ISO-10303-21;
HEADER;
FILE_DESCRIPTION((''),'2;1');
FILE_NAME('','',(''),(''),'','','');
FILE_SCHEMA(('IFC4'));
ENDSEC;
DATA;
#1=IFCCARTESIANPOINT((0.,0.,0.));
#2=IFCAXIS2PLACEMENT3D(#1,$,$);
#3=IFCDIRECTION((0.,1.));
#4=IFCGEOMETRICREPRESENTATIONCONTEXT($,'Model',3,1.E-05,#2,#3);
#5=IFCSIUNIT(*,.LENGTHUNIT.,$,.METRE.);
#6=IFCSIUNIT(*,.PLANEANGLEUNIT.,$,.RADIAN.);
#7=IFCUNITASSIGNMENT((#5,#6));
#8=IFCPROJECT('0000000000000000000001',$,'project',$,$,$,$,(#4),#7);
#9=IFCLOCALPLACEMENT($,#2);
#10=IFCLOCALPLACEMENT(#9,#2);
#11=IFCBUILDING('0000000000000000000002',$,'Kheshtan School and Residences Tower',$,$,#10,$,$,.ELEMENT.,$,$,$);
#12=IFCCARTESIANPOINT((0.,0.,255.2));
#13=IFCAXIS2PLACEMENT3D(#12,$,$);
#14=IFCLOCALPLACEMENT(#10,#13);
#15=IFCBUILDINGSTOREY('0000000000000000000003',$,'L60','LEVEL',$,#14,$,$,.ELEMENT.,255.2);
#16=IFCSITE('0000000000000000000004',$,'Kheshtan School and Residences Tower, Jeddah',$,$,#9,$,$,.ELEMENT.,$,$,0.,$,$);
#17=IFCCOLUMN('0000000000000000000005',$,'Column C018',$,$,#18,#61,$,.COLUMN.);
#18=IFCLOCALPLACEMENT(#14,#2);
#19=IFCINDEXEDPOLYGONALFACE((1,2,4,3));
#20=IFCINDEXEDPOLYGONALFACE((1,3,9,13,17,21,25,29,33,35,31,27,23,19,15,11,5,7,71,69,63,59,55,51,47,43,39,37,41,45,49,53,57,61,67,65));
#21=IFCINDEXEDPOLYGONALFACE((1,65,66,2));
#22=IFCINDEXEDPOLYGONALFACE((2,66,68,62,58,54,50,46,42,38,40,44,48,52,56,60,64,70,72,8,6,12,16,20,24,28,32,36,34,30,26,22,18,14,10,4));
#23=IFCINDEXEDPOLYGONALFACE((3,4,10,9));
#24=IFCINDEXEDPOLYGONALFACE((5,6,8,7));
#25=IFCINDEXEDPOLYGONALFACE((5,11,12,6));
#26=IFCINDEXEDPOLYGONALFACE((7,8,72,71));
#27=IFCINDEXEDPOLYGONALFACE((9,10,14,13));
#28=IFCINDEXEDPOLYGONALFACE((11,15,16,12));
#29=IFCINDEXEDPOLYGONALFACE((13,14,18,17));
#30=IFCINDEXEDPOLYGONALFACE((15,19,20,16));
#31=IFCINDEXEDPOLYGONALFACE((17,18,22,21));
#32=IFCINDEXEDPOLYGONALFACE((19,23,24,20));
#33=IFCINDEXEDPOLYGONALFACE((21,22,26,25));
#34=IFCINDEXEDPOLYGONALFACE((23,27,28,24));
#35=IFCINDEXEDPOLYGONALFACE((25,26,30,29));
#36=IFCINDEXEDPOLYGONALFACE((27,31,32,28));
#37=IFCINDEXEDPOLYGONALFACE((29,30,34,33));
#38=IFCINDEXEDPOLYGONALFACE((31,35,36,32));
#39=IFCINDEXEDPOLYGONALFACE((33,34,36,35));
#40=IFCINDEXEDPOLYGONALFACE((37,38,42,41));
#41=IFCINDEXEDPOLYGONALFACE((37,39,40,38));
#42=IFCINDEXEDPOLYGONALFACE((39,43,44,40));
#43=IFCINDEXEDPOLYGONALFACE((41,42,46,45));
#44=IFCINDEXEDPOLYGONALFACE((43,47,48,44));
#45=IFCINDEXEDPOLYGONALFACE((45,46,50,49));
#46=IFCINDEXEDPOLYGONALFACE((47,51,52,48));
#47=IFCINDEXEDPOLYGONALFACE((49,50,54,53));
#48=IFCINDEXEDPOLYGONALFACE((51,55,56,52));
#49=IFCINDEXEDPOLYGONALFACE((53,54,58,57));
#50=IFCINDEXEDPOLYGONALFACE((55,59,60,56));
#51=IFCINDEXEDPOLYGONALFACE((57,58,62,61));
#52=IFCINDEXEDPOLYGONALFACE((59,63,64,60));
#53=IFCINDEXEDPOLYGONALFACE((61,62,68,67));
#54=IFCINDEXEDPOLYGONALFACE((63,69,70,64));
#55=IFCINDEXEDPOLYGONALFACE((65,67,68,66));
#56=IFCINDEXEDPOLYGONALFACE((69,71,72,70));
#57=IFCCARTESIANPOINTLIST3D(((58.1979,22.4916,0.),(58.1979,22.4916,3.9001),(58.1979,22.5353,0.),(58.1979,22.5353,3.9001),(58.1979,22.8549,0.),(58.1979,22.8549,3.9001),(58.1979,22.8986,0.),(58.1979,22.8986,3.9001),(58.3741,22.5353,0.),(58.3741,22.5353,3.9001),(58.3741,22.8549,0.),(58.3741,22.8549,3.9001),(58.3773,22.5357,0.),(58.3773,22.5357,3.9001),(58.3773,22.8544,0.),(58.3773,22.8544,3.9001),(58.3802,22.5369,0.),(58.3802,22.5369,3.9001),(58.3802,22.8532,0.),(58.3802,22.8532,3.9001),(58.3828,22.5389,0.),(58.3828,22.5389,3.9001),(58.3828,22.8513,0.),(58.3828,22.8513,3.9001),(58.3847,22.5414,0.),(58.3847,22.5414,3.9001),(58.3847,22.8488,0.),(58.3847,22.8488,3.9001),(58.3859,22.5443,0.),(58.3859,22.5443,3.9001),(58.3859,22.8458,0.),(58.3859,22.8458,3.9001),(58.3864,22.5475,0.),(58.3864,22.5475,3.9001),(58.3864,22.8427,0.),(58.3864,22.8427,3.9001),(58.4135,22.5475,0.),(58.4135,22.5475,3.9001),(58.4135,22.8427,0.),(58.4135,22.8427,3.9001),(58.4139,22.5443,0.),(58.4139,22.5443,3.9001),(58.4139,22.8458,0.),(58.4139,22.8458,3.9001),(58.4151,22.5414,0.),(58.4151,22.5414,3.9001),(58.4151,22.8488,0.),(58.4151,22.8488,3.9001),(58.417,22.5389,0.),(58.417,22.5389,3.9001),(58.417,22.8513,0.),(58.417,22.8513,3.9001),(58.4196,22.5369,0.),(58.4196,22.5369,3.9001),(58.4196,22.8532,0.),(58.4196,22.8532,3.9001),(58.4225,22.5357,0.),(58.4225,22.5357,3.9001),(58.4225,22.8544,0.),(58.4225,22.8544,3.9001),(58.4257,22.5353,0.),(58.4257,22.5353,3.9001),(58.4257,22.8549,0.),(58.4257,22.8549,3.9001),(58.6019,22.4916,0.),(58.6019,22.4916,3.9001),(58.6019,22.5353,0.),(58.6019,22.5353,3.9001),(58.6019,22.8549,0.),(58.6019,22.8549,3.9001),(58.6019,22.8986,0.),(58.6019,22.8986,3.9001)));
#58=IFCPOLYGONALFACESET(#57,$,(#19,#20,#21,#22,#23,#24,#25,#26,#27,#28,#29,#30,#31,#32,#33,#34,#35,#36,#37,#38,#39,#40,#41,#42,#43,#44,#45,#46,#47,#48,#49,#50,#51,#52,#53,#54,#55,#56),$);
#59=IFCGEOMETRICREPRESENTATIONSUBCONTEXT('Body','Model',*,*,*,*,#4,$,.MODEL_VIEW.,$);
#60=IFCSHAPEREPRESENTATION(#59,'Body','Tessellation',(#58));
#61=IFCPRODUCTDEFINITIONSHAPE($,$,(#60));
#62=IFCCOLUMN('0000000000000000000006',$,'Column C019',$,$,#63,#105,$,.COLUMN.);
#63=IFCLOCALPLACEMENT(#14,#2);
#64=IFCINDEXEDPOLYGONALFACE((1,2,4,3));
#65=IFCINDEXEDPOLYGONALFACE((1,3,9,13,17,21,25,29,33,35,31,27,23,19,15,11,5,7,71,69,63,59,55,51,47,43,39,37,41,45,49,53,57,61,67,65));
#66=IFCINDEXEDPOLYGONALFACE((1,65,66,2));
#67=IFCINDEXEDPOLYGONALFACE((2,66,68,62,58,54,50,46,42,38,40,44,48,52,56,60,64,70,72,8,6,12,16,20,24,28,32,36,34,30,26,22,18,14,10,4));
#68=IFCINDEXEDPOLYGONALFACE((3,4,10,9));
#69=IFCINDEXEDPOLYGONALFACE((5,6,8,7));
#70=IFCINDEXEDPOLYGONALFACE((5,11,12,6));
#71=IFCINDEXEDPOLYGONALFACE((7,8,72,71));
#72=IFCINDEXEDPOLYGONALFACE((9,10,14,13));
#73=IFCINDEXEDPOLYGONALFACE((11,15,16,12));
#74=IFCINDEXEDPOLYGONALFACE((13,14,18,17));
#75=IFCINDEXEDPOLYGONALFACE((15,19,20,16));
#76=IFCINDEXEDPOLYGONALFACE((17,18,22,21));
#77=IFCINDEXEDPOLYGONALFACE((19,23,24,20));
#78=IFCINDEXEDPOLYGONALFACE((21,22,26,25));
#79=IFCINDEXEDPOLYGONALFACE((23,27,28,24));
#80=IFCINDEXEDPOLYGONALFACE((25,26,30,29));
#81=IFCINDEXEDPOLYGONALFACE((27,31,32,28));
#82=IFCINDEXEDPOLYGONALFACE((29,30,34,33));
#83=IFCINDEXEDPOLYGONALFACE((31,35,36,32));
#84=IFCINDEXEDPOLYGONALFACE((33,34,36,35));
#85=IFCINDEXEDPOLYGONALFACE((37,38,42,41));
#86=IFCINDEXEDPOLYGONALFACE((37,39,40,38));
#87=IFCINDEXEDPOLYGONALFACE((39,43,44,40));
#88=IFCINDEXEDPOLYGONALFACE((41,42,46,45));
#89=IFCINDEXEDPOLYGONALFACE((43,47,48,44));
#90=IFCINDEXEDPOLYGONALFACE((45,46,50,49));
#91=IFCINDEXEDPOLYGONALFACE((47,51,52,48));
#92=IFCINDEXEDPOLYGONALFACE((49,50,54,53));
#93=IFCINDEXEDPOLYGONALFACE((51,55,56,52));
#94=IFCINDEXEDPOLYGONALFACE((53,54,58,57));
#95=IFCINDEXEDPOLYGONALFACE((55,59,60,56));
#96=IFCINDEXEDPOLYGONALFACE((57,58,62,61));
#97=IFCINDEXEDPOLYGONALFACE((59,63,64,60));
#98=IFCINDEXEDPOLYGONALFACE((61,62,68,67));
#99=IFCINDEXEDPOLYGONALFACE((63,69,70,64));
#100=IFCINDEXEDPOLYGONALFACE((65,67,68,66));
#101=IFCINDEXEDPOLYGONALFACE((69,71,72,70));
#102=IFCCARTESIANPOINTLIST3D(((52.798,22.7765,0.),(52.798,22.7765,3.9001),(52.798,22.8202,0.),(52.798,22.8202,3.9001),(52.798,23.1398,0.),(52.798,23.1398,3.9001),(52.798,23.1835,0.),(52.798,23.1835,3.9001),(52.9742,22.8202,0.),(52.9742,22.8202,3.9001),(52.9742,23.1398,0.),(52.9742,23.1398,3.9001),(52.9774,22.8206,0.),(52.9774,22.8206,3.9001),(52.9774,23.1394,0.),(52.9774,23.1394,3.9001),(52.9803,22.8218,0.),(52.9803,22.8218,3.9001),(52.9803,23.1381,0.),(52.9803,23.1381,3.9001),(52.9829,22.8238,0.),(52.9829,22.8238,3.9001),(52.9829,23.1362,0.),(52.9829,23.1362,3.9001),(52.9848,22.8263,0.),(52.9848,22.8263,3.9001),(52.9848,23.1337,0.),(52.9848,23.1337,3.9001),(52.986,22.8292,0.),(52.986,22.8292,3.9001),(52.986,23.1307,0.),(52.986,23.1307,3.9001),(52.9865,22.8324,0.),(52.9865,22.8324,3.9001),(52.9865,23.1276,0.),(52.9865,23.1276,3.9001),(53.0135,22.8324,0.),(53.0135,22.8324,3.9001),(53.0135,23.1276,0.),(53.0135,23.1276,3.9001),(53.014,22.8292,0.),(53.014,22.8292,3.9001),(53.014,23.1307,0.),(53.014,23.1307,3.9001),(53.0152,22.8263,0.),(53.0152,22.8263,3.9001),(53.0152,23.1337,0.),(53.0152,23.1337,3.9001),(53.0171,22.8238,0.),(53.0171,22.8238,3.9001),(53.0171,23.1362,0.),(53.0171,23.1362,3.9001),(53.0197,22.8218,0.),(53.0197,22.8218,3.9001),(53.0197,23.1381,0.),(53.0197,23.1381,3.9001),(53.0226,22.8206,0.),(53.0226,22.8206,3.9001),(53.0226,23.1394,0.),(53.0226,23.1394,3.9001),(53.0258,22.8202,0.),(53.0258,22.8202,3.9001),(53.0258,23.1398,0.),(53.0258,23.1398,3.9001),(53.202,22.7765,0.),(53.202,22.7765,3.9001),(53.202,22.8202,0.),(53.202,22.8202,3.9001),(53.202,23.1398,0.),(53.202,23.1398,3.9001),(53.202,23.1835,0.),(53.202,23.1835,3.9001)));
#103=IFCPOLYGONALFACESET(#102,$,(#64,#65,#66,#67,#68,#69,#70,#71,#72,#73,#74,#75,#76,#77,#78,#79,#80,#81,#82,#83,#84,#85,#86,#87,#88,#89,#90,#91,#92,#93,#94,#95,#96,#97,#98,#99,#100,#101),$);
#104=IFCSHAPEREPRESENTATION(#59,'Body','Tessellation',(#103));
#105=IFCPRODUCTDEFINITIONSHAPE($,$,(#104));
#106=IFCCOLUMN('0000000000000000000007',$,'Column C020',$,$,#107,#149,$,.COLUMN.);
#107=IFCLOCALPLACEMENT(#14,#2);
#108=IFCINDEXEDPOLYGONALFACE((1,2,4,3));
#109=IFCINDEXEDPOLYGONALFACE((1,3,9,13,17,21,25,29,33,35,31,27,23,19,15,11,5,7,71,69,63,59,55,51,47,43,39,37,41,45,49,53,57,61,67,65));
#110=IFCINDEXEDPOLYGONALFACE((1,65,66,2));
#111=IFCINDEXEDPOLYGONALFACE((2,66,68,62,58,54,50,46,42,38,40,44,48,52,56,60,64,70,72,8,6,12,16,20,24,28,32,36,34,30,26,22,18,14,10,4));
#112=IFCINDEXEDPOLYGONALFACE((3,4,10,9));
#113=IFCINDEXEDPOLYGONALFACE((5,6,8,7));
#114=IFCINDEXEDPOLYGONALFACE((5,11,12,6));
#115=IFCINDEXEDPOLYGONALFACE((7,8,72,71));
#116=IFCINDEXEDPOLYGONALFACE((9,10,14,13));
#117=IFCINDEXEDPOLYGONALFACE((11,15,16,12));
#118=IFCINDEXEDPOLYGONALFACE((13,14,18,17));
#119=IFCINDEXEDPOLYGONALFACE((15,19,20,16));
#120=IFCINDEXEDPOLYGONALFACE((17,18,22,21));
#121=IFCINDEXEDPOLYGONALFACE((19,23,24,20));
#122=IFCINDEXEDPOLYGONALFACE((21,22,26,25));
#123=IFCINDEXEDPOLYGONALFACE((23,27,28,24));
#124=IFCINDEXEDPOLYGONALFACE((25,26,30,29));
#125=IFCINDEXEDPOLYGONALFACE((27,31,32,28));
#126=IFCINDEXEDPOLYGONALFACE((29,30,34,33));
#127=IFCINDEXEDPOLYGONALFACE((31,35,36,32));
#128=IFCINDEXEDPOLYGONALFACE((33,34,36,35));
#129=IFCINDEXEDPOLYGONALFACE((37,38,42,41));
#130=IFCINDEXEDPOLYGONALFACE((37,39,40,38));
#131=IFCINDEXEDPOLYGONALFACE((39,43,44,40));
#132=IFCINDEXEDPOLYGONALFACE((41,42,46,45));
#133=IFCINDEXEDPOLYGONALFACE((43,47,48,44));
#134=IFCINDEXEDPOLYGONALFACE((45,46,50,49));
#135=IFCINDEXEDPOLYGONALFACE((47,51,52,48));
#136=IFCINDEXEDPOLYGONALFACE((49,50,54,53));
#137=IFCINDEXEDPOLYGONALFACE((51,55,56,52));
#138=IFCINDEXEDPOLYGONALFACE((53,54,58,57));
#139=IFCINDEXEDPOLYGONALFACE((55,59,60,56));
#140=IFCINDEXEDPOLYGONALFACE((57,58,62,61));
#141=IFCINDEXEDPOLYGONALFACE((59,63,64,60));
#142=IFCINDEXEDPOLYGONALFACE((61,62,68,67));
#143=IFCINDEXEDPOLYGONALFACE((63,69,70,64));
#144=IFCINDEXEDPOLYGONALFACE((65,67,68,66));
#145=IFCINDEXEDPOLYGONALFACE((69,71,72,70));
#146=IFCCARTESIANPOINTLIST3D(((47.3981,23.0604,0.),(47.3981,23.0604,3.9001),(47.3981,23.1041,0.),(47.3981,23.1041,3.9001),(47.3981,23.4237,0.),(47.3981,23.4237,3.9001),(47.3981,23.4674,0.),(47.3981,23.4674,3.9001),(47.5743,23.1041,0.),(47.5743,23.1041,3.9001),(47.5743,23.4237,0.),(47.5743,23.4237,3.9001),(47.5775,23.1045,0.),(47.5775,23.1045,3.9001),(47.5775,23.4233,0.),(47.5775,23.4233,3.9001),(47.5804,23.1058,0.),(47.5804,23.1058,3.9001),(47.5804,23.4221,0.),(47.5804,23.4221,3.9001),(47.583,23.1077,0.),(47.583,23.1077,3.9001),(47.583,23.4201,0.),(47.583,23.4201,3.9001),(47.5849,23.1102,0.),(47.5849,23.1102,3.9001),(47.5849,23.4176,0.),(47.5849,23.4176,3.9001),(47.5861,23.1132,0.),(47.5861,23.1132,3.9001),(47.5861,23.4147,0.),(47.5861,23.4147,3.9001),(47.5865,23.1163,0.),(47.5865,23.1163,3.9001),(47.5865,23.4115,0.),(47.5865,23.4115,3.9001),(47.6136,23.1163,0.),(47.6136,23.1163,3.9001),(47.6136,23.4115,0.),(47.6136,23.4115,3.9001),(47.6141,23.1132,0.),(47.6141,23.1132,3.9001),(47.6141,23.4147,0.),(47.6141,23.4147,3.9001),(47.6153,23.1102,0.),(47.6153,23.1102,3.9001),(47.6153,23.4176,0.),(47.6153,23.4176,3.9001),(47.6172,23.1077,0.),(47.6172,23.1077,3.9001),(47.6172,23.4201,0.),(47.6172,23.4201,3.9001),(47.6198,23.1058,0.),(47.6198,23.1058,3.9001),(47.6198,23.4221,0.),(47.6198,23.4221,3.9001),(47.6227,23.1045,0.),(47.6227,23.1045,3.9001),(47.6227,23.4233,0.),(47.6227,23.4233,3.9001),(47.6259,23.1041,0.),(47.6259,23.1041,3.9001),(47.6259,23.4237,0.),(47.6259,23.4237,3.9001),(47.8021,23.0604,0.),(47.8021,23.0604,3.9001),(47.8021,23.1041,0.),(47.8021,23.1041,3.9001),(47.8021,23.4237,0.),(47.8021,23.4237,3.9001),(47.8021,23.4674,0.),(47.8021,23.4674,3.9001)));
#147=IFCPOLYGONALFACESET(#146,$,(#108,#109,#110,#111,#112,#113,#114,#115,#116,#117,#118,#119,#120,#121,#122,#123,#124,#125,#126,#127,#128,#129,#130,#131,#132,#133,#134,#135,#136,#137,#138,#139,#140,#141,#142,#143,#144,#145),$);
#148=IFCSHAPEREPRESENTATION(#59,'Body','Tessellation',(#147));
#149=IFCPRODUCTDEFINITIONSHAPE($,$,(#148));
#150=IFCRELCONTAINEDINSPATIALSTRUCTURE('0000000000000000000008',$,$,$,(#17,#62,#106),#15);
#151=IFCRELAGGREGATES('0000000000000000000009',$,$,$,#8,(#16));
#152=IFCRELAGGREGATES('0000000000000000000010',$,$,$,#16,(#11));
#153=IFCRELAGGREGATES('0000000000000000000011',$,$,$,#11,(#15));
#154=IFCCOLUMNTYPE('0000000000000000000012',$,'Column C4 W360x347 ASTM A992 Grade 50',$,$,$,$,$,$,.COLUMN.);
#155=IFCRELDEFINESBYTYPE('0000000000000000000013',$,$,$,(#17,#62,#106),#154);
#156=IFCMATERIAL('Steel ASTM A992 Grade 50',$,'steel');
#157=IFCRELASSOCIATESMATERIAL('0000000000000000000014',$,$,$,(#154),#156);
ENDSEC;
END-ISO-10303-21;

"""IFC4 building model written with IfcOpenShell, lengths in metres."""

from ifc_helpers import new_model, si_unit, direction, frame, origin, origin_2d, place, context, subcontext, project, spatial, i_section, extrude, material, material_profile, profile_set, type_object, element, save


model = new_model("IFC4")

# Units and contexts
model_context = context("Model", 3, precision=1e-05, world=origin(), true_north=direction((0.0, 1.0)))
body_context = subcontext(model_context, "Body", "Model", "MODEL_VIEW")
ifc_project = project(units=[si_unit("LENGTHUNIT", "METRE"), si_unit("PLANEANGLEUNIT", "RADIAN")], contexts=[model_context])

# Site, building, storey
site_placement = place(None, origin())
site = spatial("IfcSite", under=ifc_project, at=site_placement, Name="Kheshtan School and Residences Tower, Jeddah", CompositionType="ELEMENT", RefElevation=0.0)
building_placement = place(site_placement, origin())
building = spatial("IfcBuilding", under=site, at=building_placement, Name="Kheshtan School and Residences Tower", CompositionType="ELEMENT")
storey_placement = place(building_placement, frame((0.0, 0.0, 255.2)))
storey = spatial("IfcBuildingStorey", under=building, at=storey_placement, Name="L60", Description="LEVEL", CompositionType="ELEMENT", Elevation=255.2)

# Columns
ifc_material_1 = material(Name="Steel ASTM A992 Grade 50", Category="steel")
ifc_material_profile_1 = material_profile(ifc_material_1, i_section(OverallWidth=0.4041, OverallDepth=0.407, WebThickness=0.0271, FlangeThickness=0.0437, FilletRadius=0.0122, at=origin_2d()), Name="W360x347")
ifc_profile_set_1 = profile_set([ifc_material_profile_1], Name="Steel ASTM A992 Grade 50")
column_type_1 = type_object("IfcColumnType", Name="Column C4 W360x347 ASTM A992 Grade 50", PredefinedType="COLUMN", material=ifc_profile_set_1)
for number, where, z_axis, x_axis, name in (
    (1, (58.3999, 22.6951, 0.0), (0.0, 0.0, 1.0), (1.0, 0.0, 0.0), "Column C018"),
    (2, (53.0, 22.98, 0.0), (0.0, 0.0, 1.0), (1.0, 0.0, 0.0), "Column C019"),
    (3, (47.6001, 23.2639, 0.0), (0.0, 0.0, 1.0), (1.0, 0.0, 0.0), "Column C020"),
):
    element("IfcColumn", number, at=place(storey_placement, frame(where, z_axis=z_axis, x_axis=x_axis)), inside=storey, type_object=column_type_1, Name=name, PredefinedType="COLUMN", context=body_context, shape_type="SweptSolid", body=[
        extrude(i_section(OverallWidth=0.4041, OverallDepth=0.407, WebThickness=0.0271, FlangeThickness=0.0437, FilletRadius=0.0122, at=origin_2d()), origin(), (0.0, 0.0, 1.0), 3.9001),
    ])

save(model, "model.ifc")
